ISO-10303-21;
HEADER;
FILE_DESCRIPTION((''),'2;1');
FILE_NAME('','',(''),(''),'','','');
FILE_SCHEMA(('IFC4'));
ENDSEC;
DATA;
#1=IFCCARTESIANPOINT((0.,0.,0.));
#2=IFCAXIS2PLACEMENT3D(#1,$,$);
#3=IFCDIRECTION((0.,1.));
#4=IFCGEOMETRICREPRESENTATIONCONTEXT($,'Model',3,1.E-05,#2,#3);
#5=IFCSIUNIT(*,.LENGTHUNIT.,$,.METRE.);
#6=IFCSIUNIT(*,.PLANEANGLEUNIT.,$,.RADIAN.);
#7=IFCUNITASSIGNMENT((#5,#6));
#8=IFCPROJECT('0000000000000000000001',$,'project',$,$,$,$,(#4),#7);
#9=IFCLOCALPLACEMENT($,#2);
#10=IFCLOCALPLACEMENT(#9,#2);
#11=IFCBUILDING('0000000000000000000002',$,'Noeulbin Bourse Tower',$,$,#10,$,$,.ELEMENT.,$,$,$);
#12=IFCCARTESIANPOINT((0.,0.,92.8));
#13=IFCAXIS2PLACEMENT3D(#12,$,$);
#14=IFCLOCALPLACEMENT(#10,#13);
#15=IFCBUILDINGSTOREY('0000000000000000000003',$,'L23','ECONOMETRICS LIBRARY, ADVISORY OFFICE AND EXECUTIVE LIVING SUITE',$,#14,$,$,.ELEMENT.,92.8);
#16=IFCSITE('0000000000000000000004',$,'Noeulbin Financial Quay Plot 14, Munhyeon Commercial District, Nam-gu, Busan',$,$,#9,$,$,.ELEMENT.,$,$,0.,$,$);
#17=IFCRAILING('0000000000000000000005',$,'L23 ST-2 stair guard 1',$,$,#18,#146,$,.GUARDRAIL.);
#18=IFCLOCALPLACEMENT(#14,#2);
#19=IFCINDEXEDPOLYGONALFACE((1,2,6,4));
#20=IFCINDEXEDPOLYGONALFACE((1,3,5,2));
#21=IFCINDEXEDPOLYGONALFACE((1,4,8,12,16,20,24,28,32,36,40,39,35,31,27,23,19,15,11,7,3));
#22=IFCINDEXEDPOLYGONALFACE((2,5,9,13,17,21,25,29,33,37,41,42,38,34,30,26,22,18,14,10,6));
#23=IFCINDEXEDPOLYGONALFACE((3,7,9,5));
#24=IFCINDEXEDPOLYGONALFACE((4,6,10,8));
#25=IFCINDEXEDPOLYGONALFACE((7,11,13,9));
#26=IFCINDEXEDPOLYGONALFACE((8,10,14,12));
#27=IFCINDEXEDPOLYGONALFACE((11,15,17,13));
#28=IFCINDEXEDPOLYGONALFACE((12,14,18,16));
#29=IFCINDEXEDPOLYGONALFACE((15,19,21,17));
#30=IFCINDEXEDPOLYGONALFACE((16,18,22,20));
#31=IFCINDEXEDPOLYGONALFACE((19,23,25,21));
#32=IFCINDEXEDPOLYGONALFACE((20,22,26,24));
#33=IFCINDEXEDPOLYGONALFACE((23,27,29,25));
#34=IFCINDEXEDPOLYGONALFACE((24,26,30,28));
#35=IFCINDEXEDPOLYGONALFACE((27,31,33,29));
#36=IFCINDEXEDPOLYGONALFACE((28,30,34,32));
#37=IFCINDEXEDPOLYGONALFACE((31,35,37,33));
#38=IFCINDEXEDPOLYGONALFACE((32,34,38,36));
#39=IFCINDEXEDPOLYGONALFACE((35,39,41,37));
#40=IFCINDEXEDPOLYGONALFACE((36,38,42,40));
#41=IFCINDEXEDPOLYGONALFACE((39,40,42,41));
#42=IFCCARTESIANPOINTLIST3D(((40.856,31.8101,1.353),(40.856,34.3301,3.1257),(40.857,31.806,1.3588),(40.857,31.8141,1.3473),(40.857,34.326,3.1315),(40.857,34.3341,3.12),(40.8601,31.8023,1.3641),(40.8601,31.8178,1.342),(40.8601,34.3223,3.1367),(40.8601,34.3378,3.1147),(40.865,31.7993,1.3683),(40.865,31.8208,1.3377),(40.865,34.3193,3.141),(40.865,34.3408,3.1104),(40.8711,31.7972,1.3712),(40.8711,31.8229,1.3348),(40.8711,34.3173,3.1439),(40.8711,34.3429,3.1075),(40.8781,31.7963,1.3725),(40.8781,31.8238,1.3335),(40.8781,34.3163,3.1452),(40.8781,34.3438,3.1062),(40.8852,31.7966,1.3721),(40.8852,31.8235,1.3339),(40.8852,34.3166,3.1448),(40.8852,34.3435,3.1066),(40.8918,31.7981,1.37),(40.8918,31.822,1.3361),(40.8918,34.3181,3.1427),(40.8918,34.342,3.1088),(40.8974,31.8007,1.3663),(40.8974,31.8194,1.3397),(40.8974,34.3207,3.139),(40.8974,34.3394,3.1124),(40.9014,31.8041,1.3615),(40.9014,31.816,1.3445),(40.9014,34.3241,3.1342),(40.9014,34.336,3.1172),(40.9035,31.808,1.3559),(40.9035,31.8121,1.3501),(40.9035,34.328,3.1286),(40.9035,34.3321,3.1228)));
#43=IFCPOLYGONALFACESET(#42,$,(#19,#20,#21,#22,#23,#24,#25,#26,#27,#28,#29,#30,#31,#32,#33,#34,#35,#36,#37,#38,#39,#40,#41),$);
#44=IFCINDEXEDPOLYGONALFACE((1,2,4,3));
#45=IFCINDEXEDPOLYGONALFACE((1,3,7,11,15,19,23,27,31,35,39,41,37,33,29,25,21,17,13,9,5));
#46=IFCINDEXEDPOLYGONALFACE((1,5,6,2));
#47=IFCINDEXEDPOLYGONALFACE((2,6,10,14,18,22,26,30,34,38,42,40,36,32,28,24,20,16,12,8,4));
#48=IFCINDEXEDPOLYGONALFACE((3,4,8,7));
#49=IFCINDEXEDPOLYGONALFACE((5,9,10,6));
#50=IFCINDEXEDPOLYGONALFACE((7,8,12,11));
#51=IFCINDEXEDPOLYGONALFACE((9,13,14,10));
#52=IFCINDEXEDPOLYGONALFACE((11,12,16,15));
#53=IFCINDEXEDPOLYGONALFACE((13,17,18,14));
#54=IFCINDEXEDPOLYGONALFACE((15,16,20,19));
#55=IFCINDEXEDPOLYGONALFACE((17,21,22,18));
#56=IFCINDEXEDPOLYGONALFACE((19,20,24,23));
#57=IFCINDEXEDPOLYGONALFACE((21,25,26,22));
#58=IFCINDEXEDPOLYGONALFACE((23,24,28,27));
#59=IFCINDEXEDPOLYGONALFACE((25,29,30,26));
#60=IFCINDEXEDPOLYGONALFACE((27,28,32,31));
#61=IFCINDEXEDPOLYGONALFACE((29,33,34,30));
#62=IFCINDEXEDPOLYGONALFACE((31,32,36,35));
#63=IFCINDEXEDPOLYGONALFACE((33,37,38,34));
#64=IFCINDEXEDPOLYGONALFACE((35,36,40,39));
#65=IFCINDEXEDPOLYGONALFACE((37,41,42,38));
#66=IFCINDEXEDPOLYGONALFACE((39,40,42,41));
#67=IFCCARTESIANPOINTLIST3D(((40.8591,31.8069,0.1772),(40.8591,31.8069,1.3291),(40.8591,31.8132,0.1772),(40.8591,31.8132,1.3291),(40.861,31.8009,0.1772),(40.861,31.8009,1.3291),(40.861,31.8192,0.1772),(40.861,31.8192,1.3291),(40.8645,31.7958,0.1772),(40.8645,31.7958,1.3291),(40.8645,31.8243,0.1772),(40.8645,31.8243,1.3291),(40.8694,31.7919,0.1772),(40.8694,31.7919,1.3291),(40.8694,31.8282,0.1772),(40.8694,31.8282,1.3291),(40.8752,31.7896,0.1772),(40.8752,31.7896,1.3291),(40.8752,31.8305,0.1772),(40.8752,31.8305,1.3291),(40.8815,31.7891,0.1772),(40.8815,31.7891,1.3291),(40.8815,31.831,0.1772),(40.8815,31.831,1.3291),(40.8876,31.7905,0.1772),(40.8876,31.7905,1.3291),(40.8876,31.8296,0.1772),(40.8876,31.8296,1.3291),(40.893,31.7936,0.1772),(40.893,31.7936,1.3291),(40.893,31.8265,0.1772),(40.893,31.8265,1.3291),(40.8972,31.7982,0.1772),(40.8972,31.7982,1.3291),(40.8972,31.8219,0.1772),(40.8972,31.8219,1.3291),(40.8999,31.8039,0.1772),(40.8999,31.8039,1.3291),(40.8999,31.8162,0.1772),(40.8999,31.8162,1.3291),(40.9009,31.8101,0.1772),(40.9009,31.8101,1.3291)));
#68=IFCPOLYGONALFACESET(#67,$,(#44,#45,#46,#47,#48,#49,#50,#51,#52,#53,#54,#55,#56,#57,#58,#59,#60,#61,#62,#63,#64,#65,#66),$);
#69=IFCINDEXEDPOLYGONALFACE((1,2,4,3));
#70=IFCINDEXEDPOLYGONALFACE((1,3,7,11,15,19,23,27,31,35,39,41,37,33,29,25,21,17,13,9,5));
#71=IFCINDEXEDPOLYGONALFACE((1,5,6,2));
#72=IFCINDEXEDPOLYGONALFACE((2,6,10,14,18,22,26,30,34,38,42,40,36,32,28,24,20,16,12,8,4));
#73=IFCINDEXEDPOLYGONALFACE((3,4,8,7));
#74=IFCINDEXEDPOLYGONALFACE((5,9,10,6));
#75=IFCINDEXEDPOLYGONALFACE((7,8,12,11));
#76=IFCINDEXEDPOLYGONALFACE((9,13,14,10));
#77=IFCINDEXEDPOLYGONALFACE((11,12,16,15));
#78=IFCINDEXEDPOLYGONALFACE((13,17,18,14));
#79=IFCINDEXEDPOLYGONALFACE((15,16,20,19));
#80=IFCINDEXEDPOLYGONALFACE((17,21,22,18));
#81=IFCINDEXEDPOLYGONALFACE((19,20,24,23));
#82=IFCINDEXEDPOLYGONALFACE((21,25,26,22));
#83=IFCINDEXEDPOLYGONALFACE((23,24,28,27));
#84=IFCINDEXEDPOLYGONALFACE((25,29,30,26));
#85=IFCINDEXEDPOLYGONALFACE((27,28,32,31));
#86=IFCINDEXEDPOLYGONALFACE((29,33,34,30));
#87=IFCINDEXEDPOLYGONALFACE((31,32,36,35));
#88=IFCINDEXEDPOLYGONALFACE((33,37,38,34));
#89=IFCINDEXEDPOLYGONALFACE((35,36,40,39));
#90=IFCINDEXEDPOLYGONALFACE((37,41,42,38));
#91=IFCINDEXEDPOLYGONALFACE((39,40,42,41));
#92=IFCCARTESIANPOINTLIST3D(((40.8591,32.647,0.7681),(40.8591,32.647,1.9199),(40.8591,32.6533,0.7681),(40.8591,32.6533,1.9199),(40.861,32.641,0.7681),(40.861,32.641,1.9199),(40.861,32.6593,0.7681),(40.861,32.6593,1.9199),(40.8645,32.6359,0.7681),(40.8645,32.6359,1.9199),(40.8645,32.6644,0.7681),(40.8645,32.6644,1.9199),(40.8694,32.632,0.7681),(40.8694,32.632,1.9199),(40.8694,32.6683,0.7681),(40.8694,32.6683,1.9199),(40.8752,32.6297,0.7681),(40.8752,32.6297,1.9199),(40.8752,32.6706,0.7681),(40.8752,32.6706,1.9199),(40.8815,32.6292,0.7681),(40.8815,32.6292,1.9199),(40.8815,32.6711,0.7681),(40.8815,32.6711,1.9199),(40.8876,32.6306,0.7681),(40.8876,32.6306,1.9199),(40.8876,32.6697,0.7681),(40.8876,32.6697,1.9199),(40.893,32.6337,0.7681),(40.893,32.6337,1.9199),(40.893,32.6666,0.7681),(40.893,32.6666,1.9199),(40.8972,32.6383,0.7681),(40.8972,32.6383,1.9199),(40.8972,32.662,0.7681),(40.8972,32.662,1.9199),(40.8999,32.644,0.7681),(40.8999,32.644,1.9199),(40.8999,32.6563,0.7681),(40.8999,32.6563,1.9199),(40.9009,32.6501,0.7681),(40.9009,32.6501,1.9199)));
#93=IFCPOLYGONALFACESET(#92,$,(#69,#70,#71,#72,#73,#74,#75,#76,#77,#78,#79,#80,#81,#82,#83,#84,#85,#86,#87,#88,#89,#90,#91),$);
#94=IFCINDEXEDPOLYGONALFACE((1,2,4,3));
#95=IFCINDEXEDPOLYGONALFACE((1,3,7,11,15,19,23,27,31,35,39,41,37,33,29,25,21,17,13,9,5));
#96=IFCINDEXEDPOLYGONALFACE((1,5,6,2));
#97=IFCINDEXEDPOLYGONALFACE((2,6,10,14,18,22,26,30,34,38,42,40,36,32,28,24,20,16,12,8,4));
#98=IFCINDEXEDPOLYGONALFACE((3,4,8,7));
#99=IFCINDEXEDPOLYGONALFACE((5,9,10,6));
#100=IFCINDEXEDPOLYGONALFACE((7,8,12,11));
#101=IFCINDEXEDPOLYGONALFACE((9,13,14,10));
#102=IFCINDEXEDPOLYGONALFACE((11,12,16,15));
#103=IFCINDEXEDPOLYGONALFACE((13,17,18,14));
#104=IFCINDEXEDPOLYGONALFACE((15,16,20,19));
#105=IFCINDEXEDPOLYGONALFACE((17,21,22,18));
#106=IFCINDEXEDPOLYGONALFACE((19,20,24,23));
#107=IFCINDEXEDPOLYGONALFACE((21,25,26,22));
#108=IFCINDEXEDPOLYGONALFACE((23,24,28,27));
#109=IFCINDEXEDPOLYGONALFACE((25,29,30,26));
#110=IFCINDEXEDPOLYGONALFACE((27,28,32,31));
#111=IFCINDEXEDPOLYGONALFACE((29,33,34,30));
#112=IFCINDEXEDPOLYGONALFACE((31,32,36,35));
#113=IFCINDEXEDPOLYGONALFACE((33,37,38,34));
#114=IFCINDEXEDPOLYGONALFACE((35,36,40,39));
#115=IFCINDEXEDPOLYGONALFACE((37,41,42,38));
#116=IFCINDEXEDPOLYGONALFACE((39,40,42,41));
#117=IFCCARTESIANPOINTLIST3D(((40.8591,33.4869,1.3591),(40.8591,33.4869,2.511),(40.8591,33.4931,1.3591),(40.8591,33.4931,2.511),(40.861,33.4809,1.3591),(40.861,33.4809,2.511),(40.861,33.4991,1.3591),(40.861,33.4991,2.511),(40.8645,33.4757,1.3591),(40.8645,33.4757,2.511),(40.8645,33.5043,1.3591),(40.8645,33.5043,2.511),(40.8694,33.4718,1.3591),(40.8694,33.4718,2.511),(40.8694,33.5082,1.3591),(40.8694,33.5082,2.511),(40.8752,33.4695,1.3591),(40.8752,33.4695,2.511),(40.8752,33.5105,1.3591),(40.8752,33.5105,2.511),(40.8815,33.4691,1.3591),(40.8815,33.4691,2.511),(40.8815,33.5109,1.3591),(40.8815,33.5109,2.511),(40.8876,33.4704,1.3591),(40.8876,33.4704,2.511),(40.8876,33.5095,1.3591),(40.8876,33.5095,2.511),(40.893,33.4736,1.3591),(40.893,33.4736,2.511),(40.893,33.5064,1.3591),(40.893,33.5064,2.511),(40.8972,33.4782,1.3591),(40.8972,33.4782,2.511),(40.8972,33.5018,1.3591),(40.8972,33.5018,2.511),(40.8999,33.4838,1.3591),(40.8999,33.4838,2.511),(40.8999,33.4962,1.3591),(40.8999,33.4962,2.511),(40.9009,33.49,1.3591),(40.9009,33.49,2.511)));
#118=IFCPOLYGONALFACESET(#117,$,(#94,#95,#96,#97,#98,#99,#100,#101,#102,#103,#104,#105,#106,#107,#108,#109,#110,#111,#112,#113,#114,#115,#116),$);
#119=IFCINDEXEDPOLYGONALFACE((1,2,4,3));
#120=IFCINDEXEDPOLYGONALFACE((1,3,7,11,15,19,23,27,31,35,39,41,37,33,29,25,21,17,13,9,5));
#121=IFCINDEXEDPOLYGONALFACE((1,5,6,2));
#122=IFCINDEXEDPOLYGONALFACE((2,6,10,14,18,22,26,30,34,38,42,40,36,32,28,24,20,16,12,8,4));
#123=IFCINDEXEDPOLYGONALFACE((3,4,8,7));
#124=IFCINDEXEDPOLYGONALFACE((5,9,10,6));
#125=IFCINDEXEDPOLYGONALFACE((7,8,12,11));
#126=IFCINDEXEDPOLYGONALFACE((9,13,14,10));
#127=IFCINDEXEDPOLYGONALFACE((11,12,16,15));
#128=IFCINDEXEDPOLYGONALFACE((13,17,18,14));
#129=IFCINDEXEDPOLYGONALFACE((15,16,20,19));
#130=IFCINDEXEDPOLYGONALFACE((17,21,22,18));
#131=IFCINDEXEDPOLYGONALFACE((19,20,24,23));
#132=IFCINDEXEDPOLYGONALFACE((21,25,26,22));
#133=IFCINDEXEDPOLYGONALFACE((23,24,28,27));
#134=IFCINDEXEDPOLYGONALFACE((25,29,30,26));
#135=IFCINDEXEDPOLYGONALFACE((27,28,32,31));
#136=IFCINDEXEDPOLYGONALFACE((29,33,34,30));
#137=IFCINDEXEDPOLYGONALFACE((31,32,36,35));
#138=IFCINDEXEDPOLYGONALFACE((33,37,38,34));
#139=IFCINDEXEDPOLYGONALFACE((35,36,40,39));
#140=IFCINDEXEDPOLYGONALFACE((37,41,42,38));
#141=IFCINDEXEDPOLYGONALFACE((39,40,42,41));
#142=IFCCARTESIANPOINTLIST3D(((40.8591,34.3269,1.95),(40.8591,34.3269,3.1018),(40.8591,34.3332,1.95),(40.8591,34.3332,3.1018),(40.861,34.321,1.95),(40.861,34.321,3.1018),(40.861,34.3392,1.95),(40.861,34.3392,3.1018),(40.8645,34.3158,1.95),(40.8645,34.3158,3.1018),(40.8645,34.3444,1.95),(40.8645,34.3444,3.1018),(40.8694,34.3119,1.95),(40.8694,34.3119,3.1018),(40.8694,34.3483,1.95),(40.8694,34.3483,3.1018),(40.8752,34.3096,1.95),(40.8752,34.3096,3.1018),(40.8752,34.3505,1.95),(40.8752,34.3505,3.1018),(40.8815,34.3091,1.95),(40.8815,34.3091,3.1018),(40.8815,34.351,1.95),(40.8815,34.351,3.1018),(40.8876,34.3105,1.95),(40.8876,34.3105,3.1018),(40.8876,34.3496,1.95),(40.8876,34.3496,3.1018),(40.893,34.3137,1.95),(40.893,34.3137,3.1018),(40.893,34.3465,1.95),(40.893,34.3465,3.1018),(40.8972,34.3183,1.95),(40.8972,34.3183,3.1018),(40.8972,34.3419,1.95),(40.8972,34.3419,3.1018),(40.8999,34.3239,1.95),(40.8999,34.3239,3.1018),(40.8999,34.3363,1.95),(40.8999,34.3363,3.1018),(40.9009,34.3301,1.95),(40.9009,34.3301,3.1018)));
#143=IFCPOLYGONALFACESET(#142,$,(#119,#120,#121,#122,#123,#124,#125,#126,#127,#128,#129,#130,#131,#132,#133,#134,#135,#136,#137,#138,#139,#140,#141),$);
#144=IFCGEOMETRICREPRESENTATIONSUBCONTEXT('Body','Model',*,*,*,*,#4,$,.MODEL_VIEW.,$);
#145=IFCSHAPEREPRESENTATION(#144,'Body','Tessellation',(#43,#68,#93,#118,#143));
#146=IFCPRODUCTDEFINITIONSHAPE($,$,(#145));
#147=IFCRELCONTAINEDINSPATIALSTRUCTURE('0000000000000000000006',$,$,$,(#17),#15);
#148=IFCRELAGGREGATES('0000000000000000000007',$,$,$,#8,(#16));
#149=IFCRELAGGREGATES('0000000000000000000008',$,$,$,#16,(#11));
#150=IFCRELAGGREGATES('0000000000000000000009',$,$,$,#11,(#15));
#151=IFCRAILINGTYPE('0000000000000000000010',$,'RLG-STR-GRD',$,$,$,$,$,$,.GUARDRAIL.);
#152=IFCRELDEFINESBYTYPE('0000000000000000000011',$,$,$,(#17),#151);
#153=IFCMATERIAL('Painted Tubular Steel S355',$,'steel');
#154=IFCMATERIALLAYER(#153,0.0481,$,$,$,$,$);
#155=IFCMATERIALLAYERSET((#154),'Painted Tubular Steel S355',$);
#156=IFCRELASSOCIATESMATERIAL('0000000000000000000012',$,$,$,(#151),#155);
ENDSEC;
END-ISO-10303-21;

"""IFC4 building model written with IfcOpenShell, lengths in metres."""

from ifc_helpers import new_model, si_unit, direction, frame, origin, origin_2d, place, context, subcontext, project, spatial, circle, extrude, material, layer, layer_set, type_object, element, save


model = new_model("IFC4")

# Units and contexts
model_context = context("Model", 3, precision=1e-05, world=origin(), true_north=direction((0.0, 1.0)))
body_context = subcontext(model_context, "Body", "Model", "MODEL_VIEW")
ifc_project = project(units=[si_unit("LENGTHUNIT", "METRE"), si_unit("PLANEANGLEUNIT", "RADIAN")], contexts=[model_context])

# Site, building, storey
site_placement = place(None, origin())
site = spatial("IfcSite", under=ifc_project, at=site_placement, Name="Noeulbin Financial Quay Plot 14, Munhyeon Commercial District, Nam-gu, Busan", CompositionType="ELEMENT", RefElevation=0.0)
building_placement = place(site_placement, origin())
building = spatial("IfcBuilding", under=site, at=building_placement, Name="Noeulbin Bourse Tower", CompositionType="ELEMENT")
storey_placement = place(building_placement, frame((0.0, 0.0, 92.8)))
storey = spatial("IfcBuildingStorey", under=building, at=storey_placement, Name="L23", Description="ECONOMETRICS LIBRARY, ADVISORY OFFICE AND EXECUTIVE LIVING SUITE", CompositionType="ELEMENT", Elevation=92.8)

# Railing
ifc_material_1 = material(Name="Painted Tubular Steel S355", Category="steel")
ifc_layer_1 = layer(ifc_material_1, 0.0481)
ifc_layer_set_1 = layer_set([ifc_layer_1], Name="Painted Tubular Steel S355")
railing_type_1 = type_object("IfcRailingType", Name="RLG-STR-GRD", PredefinedType="GUARDRAIL", material=ifc_layer_set_1)
railing_1_placement = place(storey_placement, frame((40.8799, 31.8101, 0.1772)))
element("IfcRailing", 1, at=railing_1_placement, inside=storey, type_object=railing_type_1, Name="L23 ST-2 stair guard 1", PredefinedType="GUARDRAIL", context=body_context, shape_type="SweptSolid", body=[
    extrude(circle(Radius=0.0239, at=origin_2d()), frame((0.0, 0.0, 1.1758), z_axis=(0.0, 0.817904, 0.575354), x_axis=(-1.0, 0.0, 0.0)), (0.0, 0.0, 1.0), 3.0811),
    extrude(circle(Radius=0.021, at=origin_2d()), origin(), (0.0, 0.0, 1.0), 1.1519),
    extrude(circle(Radius=0.021, at=origin_2d()), frame((0.0, 0.8401, 0.5908)), (0.0, 0.0, 1.0), 1.1519),
    extrude(circle(Radius=0.021, at=origin_2d()), frame((0.0, 1.6799, 1.1819)), (0.0, 0.0, 1.0), 1.1519),
    extrude(circle(Radius=0.021, at=origin_2d()), frame((0.0, 2.52, 1.7727)), (0.0, 0.0, 1.0), 1.1519),
])

save(model, "model.ifc")
